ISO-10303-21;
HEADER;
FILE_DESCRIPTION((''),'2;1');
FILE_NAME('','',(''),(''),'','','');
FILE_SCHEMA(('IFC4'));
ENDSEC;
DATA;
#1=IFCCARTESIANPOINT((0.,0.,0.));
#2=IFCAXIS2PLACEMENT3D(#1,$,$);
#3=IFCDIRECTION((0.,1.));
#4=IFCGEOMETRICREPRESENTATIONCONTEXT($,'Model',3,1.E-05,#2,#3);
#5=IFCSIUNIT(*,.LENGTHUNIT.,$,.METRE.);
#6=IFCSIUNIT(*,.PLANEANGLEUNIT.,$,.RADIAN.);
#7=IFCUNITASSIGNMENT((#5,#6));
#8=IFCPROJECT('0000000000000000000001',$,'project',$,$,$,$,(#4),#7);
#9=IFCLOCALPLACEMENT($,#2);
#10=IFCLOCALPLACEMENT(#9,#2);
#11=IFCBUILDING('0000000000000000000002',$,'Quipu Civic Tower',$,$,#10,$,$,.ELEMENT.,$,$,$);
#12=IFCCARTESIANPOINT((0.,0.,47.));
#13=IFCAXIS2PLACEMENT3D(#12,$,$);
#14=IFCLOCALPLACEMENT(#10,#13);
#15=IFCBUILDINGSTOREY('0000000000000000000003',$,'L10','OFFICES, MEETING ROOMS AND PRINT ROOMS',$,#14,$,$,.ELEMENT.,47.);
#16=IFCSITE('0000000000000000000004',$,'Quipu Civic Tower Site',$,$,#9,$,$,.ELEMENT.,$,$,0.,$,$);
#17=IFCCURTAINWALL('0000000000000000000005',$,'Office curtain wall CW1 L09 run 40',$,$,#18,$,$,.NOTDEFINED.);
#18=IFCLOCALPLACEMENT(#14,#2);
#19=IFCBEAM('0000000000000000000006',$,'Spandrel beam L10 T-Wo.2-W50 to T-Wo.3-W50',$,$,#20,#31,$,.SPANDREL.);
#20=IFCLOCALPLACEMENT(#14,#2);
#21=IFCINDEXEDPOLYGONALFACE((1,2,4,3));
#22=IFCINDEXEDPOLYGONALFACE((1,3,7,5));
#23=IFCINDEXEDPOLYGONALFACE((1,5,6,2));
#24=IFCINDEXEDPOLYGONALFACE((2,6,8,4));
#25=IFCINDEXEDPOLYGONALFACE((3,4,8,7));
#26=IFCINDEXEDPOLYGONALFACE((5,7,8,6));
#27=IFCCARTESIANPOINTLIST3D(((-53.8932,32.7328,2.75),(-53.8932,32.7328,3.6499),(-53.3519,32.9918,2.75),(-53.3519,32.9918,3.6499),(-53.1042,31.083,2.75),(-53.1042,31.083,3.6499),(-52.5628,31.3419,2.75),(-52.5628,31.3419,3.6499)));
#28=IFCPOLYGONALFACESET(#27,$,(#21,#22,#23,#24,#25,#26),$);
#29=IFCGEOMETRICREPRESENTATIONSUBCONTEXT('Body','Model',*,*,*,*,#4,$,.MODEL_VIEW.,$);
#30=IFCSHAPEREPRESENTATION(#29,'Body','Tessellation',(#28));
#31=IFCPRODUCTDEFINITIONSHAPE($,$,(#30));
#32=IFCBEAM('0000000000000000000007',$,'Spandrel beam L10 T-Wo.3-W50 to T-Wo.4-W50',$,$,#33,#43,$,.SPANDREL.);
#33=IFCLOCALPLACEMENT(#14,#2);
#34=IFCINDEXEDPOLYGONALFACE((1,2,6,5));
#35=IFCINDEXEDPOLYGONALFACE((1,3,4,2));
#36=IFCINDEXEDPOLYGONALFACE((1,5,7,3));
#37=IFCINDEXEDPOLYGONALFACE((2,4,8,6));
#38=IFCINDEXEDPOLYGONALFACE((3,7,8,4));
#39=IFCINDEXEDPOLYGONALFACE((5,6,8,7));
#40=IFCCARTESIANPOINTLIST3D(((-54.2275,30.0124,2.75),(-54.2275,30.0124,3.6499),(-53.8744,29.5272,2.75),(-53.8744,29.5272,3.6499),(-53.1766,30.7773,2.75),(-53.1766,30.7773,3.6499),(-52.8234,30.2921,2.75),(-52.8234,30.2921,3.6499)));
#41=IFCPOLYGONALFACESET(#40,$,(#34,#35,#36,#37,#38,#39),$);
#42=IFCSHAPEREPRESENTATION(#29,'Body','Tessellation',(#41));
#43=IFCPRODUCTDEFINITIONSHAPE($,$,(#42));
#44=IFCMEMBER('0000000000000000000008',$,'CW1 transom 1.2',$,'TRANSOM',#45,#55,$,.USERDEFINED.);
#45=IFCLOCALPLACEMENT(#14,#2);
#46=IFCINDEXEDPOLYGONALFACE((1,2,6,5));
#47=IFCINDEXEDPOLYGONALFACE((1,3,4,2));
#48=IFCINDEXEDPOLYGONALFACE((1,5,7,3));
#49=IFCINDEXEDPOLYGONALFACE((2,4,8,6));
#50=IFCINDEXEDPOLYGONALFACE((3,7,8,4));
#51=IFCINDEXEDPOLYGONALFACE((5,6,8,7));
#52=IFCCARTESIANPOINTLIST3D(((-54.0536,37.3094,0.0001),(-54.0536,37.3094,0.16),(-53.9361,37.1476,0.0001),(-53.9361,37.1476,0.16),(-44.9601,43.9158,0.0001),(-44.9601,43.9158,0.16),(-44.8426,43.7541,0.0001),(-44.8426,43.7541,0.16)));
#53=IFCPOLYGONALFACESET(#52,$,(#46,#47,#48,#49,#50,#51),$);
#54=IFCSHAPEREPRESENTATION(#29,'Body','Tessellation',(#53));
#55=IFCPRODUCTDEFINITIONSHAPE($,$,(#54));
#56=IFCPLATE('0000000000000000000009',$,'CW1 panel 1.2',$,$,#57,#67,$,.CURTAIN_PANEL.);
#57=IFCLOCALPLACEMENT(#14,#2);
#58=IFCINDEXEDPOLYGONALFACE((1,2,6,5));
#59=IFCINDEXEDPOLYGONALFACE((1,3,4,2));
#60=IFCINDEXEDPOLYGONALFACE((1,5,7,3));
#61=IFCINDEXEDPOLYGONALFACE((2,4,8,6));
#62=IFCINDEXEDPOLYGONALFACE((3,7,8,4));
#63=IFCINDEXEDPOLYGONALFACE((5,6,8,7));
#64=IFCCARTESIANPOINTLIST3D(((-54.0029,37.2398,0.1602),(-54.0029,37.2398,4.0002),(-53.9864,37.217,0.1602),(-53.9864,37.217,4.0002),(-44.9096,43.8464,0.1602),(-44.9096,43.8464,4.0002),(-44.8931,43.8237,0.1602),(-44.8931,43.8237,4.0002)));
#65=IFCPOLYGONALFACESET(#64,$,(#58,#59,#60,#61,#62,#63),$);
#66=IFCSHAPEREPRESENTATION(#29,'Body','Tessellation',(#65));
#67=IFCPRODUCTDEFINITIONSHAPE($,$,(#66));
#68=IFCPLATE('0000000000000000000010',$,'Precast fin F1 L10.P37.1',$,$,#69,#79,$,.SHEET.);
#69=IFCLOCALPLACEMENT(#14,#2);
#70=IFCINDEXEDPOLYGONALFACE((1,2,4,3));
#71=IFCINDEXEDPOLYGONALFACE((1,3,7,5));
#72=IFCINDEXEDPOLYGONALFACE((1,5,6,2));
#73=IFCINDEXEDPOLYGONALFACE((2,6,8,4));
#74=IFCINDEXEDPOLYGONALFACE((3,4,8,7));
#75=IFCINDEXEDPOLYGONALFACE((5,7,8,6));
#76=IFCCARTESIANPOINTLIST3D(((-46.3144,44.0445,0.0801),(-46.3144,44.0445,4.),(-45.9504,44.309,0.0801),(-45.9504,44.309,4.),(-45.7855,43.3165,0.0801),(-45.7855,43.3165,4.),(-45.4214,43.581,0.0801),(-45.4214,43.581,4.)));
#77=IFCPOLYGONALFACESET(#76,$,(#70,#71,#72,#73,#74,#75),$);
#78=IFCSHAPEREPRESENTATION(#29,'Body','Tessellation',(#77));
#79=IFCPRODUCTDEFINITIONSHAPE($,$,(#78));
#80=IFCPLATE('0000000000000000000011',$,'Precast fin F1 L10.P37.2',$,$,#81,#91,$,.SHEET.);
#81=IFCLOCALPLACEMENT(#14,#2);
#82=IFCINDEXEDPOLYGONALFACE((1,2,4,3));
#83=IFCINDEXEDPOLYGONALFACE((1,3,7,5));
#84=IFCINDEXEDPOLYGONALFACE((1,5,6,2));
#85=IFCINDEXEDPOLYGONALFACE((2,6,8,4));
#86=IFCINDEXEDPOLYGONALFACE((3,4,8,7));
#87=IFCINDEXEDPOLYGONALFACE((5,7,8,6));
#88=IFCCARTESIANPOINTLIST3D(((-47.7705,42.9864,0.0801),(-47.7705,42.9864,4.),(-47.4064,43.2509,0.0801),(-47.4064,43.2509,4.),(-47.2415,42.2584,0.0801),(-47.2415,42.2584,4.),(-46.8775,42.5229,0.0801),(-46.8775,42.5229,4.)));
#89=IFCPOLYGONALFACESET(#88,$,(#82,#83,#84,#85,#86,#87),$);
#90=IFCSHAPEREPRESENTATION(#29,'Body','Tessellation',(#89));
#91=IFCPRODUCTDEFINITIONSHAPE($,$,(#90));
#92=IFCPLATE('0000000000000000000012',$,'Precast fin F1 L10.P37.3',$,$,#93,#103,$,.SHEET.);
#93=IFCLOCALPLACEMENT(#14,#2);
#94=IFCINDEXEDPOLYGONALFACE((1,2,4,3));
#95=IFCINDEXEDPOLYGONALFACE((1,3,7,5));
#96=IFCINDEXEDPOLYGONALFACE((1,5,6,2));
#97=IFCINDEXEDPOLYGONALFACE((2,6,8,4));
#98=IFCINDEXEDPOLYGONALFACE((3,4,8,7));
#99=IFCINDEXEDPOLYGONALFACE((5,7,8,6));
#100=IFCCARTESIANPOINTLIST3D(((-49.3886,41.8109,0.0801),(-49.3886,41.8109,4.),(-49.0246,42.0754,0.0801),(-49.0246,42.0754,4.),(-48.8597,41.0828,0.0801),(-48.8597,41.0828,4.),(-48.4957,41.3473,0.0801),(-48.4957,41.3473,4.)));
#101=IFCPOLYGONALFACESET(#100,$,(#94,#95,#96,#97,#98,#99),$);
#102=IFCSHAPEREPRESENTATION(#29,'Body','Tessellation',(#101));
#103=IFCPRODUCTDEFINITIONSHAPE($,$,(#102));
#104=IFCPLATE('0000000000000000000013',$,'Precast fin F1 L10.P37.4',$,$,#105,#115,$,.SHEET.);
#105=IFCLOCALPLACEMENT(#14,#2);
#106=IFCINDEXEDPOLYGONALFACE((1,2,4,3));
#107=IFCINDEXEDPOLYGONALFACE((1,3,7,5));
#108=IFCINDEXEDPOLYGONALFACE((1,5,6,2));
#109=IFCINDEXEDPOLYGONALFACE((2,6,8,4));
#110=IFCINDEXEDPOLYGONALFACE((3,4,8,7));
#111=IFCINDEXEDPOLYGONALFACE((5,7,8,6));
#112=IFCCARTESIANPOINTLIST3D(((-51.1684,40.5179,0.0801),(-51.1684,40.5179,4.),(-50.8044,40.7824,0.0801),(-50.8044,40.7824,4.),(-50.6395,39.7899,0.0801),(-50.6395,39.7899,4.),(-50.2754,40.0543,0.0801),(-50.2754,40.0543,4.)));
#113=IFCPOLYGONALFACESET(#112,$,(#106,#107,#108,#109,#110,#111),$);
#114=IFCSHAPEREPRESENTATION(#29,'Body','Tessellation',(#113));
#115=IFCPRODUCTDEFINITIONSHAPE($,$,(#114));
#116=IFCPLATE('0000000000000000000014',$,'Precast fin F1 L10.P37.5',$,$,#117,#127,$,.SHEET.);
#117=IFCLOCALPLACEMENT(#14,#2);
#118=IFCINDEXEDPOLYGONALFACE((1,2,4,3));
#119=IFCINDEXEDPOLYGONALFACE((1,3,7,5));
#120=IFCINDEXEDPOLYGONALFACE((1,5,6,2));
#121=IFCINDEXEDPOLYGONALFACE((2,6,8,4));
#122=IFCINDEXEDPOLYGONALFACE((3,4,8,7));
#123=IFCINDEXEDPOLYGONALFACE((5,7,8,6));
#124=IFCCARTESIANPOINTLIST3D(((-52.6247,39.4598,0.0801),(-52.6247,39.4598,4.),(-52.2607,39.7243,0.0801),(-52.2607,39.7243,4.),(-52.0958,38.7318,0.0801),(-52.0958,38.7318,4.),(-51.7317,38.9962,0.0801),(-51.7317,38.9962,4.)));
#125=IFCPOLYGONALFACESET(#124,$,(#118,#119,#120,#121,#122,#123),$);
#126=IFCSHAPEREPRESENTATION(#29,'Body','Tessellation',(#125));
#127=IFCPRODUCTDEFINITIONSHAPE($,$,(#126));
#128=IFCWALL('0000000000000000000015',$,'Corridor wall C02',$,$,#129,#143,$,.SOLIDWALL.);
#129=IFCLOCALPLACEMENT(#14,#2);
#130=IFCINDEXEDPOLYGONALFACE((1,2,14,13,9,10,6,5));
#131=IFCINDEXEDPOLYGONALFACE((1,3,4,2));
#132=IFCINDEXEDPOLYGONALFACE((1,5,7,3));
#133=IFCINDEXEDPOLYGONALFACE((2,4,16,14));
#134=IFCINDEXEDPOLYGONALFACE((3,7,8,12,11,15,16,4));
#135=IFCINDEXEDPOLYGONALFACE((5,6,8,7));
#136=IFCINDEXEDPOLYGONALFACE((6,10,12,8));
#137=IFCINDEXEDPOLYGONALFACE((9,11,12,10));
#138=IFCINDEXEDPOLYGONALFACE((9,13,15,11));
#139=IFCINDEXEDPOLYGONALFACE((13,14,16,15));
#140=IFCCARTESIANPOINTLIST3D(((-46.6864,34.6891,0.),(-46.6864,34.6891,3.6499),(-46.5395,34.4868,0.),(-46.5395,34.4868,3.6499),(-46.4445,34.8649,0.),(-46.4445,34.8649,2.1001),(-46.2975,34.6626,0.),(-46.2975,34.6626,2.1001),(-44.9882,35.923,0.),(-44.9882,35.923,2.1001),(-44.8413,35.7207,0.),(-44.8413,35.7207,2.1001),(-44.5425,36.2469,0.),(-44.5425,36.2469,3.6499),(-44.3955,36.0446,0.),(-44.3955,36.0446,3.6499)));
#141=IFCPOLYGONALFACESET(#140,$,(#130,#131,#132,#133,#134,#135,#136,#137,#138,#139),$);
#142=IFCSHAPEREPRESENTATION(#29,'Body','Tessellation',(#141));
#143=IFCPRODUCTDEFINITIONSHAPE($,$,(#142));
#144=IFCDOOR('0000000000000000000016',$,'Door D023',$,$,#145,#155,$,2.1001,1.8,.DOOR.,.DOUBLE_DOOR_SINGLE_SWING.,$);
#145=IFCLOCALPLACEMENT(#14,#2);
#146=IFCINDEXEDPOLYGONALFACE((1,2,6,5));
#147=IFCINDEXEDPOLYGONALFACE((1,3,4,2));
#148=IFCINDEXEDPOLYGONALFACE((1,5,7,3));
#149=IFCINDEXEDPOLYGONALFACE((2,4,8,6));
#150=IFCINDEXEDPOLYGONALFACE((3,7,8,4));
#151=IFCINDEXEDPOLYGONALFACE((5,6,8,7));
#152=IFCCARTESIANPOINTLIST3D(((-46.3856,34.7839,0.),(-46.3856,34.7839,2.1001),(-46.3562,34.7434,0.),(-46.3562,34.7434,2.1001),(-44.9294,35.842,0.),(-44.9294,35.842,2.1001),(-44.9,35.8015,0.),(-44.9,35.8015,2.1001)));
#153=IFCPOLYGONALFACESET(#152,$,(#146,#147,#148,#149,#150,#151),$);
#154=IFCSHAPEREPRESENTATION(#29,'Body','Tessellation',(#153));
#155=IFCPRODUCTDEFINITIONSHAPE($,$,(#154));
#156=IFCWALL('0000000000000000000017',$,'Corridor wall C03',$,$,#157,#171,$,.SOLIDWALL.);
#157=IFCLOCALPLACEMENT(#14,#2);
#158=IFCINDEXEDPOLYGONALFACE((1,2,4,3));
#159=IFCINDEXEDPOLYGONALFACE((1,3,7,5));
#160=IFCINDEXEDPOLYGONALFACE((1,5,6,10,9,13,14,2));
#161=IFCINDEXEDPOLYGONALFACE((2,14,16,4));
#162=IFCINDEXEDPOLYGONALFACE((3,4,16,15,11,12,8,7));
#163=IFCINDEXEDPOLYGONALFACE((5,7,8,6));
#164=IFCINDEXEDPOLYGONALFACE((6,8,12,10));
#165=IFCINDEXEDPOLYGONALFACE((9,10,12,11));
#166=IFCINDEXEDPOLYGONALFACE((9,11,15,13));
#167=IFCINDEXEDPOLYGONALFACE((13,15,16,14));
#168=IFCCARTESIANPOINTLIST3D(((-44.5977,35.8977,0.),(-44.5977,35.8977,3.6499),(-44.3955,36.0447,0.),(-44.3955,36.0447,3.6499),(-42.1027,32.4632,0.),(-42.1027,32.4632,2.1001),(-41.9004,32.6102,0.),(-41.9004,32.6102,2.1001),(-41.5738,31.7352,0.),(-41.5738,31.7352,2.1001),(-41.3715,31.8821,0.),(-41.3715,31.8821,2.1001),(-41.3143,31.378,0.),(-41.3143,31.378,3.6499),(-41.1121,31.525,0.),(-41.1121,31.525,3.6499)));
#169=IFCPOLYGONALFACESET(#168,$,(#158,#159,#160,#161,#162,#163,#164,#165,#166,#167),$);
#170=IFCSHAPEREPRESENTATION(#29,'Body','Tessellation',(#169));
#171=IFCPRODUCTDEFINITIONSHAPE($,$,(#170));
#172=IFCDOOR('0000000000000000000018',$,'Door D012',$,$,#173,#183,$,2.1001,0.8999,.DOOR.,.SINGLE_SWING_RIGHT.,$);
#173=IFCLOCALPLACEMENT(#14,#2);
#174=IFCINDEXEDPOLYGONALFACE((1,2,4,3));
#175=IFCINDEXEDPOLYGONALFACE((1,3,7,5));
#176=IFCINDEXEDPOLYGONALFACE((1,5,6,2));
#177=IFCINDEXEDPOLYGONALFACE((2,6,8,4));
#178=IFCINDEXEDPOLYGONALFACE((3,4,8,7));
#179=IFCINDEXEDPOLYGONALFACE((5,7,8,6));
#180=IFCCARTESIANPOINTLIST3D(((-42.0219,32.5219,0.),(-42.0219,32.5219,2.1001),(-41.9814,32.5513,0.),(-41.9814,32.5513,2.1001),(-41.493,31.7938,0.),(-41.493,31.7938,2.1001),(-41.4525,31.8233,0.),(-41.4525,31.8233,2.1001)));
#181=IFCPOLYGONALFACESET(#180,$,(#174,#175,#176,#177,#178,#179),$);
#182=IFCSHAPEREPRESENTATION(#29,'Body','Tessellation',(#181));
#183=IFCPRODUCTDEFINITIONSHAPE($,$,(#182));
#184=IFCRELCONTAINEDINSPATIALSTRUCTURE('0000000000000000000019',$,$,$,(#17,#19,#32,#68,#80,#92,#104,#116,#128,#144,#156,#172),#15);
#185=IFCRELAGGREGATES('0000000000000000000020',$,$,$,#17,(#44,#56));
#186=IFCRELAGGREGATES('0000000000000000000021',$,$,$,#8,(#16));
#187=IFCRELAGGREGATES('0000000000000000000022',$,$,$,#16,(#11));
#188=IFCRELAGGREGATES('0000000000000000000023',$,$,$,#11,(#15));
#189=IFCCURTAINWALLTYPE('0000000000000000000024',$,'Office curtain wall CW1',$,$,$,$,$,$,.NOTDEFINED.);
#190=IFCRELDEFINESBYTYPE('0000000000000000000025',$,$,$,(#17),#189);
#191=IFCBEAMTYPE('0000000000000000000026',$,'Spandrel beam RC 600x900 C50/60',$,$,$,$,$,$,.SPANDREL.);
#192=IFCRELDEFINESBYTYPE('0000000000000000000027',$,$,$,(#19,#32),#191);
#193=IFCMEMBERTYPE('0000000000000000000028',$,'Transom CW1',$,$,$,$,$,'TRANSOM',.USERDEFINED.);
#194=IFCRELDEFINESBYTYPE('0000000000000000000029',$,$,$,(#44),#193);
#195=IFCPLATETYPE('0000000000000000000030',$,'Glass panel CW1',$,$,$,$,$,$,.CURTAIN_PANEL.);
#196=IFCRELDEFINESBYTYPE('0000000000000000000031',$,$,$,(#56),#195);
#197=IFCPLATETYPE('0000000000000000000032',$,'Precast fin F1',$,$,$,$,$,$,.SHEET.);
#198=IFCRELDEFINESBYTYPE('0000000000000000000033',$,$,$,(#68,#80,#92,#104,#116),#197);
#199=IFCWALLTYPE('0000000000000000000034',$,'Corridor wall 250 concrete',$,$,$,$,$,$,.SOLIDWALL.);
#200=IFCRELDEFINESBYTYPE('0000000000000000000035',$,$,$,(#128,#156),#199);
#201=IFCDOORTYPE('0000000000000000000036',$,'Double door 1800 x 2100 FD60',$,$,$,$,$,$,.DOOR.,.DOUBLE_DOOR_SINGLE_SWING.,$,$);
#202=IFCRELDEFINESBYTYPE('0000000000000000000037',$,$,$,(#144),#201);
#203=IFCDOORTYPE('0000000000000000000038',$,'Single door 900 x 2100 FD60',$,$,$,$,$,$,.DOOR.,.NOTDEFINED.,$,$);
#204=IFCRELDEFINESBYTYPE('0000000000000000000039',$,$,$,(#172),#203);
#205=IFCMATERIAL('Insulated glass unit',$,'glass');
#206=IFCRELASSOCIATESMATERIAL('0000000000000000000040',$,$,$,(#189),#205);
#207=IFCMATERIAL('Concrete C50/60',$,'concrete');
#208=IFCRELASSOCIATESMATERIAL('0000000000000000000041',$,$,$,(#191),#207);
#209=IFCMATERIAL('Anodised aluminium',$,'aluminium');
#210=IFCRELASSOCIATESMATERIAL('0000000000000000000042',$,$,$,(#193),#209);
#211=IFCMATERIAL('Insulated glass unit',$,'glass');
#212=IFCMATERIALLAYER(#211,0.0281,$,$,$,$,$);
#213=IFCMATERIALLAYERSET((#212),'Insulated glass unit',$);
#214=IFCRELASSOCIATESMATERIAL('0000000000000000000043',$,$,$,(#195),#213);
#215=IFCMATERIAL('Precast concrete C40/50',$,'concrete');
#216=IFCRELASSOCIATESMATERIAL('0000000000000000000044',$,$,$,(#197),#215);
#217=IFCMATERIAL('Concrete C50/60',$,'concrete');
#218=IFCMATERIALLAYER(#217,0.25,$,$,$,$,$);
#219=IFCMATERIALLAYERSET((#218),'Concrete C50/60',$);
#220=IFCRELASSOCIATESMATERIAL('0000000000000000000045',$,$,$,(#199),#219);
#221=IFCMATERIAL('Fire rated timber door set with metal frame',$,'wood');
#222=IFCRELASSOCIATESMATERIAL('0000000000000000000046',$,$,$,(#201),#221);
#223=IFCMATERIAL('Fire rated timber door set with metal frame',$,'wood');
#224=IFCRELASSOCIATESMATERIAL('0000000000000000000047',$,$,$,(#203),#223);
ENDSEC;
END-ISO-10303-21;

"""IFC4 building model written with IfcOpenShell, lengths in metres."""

from ifc_helpers import new_model, si_unit, direction, frame, frame_2d, origin, origin_2d, place, context, subcontext, project, spatial, rectangle, extrude, material, layer, layer_set, material_profile, profile_set, type_object, element, fill, aggregate, save


model = new_model("IFC4")

# Units and contexts
model_context = context("Model", 3, precision=1e-05, world=origin(), true_north=direction((0.0, 1.0)))
body_context = subcontext(model_context, "Body", "Model", "MODEL_VIEW")
ifc_project = project(units=[si_unit("LENGTHUNIT", "METRE"), si_unit("PLANEANGLEUNIT", "RADIAN")], contexts=[model_context])

# Site, building, storey
site_placement = place(None, origin())
site = spatial("IfcSite", under=ifc_project, at=site_placement, Name="Quipu Civic Tower Site", CompositionType="ELEMENT", RefElevation=0.0)
building_placement = place(site_placement, origin())
building = spatial("IfcBuilding", under=site, at=building_placement, Name="Quipu Civic Tower", CompositionType="ELEMENT")
storey_placement = place(building_placement, frame((0.0, 0.0, 47.0)))
storey = spatial("IfcBuildingStorey", under=building, at=storey_placement, Name="L10", Description="OFFICES, MEETING ROOMS AND PRINT ROOMS", CompositionType="ELEMENT", Elevation=47.0)

# Shared definitions
ifc_material_1 = material(Name="Insulated glass unit", Category="glass")
curtain_wall_type = type_object("IfcCurtainWallType", Name="Office curtain wall CW1", PredefinedType="NOTDEFINED", material=ifc_material_1)

# Curtain wall
curtain_wall_1_placement = place(storey_placement, origin())
curtain_wall_1 = element("IfcCurtainWall", 1, at=curtain_wall_1_placement, inside=storey, type_object=curtain_wall_type, Name="Office curtain wall CW1 L09 run 40", PredefinedType="NOTDEFINED")

# Beams
ifc_material_2 = material(Name="Concrete C50/60", Category="concrete")
ifc_material_profile_1 = material_profile(ifc_material_2, rectangle(XDim=0.6001, YDim=0.8999, at=origin_2d()), Name="RC600x900")
ifc_profile_set_1 = profile_set([ifc_material_profile_1], Name="Concrete C50/60")
beam_type = type_object("IfcBeamType", Name="Spandrel beam RC 600x900 C50/60", PredefinedType="SPANDREL", material=ifc_profile_set_1)
beam_1_placement = place(storey_placement, frame((-53.6226, 32.8623, 3.2), z_axis=(0.431446, -0.902139, 0.0), x_axis=(0.902139, 0.431446, 0.0)))
element("IfcBeam", 2, at=beam_1_placement, inside=storey, type_object=beam_type, Name="Spandrel beam L10 T-Wo.2-W50 to T-Wo.3-W50", PredefinedType="SPANDREL", context=body_context, shape_type="SweptSolid", body=[
    extrude(rectangle(XDim=0.6001, YDim=0.8999, at=origin_2d()), origin(), (0.0, 0.0, 1.0), 1.8289),
])
beam_2_placement = place(storey_placement, frame((-53.0, 30.5347, 3.2), z_axis=(-0.808549, -0.588429, 0.0), x_axis=(0.588429, -0.808549, 0.0)))
element("IfcBeam", 3, at=beam_2_placement, inside=storey, type_object=beam_type, Name="Spandrel beam L10 T-Wo.3-W50 to T-Wo.4-W50", PredefinedType="SPANDREL", context=body_context, shape_type="SweptSolid", body=[
    extrude(rectangle(XDim=0.6001, YDim=0.8999, at=origin_2d()), origin(), (0.0, 0.0, 1.0), 1.2998),
])

# Member
ifc_material_3 = material(Name="Anodised aluminium", Category="aluminium")
ifc_material_profile_2 = material_profile(ifc_material_3, rectangle(XDim=0.2, YDim=0.1599, at=origin_2d()), Name="RECT 200x160")
ifc_profile_set_2 = profile_set([ifc_material_profile_2], Name="Anodised aluminium")
member_type_1 = type_object("IfcMemberType", Name="Transom CW1", ElementType="TRANSOM", PredefinedType="USERDEFINED", material=ifc_profile_set_2)
member_1_placement = place(storey_placement, frame((-44.9014, 43.835, 0.0801), z_axis=(-0.809033, -0.587764, 0.0), x_axis=(0.587764, -0.809033, 0.0)))
member_1 = element("IfcMember", 4, at=member_1_placement, type_object=member_type_1, Name="CW1 transom 1.2", ObjectType="TRANSOM", PredefinedType="USERDEFINED", context=body_context, shape_type="SweptSolid", body=[
    extrude(rectangle(XDim=0.2, YDim=0.1599, at=origin_2d()), origin(), (0.0, 0.0, 1.0), 11.24),
])

# Plate
ifc_material_4 = material(Name="Insulated glass unit", Category="glass")
ifc_layer_1 = layer(ifc_material_4, 0.0281)
ifc_layer_set_1 = layer_set([ifc_layer_1], Name="Insulated glass unit")
plate_type_1 = type_object("IfcPlateType", Name="Glass panel CW1", PredefinedType="CURTAIN_PANEL", material=ifc_layer_set_1)
plate_placement = place(storey_placement, frame((-49.448, 40.5317, 0.1602), z_axis=(0.0, 0.0, 1.0), x_axis=(-0.809019, -0.587782, 0.0)))
plate = element("IfcPlate", 5, at=plate_placement, type_object=plate_type_1, Name="CW1 panel 1.2", PredefinedType="CURTAIN_PANEL", context=body_context, shape_type="SweptSolid", body=[
    extrude(rectangle(XDim=11.24, YDim=0.0281, at=origin_2d()), origin(), (0.0, 0.0, 1.0), 3.8401),
])
aggregate(curtain_wall_1, [member_1, plate])

# Plates
ifc_material_5 = material(Name="Precast concrete C40/50", Category="concrete")
plate_type_2 = type_object("IfcPlateType", Name="Precast fin F1", PredefinedType="SHEET", material=ifc_material_5)
for number, where, z_axis, x_axis, name in (
    (6, (-45.8679, 43.8127, 0.0801), (0.0, 0.0, 1.0), (-0.809021, -0.587779, 0.0), "Precast fin F1 L10.P37.1"),
    (7, (-47.324, 42.7546, 0.0801), (0.0, 0.0, 1.0), (-0.809021, -0.587779, 0.0), "Precast fin F1 L10.P37.2"),
    (8, (-48.9421, 41.5791, 0.0801), (0.0, 0.0, 1.0), (-0.809021, -0.587779, 0.0), "Precast fin F1 L10.P37.3"),
    (9, (-50.7219, 40.2861, 0.0801), (0.0, 0.0, 1.0), (-0.809021, -0.587779, 0.0), "Precast fin F1 L10.P37.4"),
    (10, (-52.1782, 39.228, 0.0801), (0.0, 0.0, 1.0), (-0.809021, -0.587779, 0.0), "Precast fin F1 L10.P37.5"),
):
    element("IfcPlate", number, at=place(storey_placement, frame(where, z_axis=z_axis, x_axis=x_axis)), inside=storey, type_object=plate_type_2, Name=name, PredefinedType="SHEET", context=body_context, shape_type="SweptSolid", body=[
        extrude(rectangle(XDim=0.45, YDim=0.8999, at=origin_2d()), origin(), (0.0, 0.0, 1.0), 3.9199),
    ])

# Walls, openings, doors
ifc_material_6 = material(Name="Concrete C50/60", Category="concrete")
ifc_layer_2 = layer(ifc_material_6, 0.25)
ifc_layer_set_2 = layer_set([ifc_layer_2], Name="Concrete C50/60")
wall_type_1 = type_object("IfcWallType", Name="Corridor wall 250 concrete", PredefinedType="SOLIDWALL", material=ifc_layer_set_2)
wall_1_placement = place(storey_placement, frame((-46.613, 34.5879, 0.0), z_axis=(0.0, 0.0, 1.0), x_axis=(0.808995, 0.587816, 0.0)))
wall_1 = element("IfcWall", 11, at=wall_1_placement, inside=storey, type_object=wall_type_1, Name="Corridor wall C02", PredefinedType="SOLIDWALL", context=body_context, shape_type="SweptSolid", body=[
    extrude(rectangle(XDim=2.6501, YDim=0.25, at=frame_2d((1.3252, 0.0))), origin(), (0.0, 0.0, 1.0), 3.6499),
])
opening_1_placement = place(wall_1_placement, frame((0.2993, 0.0, 0.0)))
opening_1 = element("IfcOpeningElement", 12, at=opening_1_placement, cuts=wall_1, PredefinedType="OPENING", context=body_context, shape_type="SweptSolid", body=[
    extrude(rectangle(XDim=1.8, YDim=2.1001, at=frame_2d((0.8999, 1.05))), frame((0.0, 0.135, 0.0), z_axis=(0.0, -1.0, 0.0), x_axis=(1.0, 0.0, 0.0)), (0.0, 0.0, 1.0), 0.27),
])
ifc_material_7 = material(Name="Fire rated timber door set with metal frame", Category="wood")
door_type_1 = type_object("IfcDoorType", Name="Double door 1800 x 2100 FD60", OperationType="DOUBLE_DOOR_SINGLE_SWING", PredefinedType="DOOR", material=ifc_material_7)
door_1_placement = place(opening_1_placement, origin())
door_1 = element("IfcDoor", 13, at=door_1_placement, inside=storey, type_object=door_type_1, Name="Door D023", OperationType="DOUBLE_DOOR_SINGLE_SWING", OverallHeight=2.1001, OverallWidth=1.8, PredefinedType="DOOR", context=body_context, shape_type="SweptSolid", body=[
    extrude(rectangle(XDim=1.8, YDim=2.1001, at=frame_2d((0.8999, 1.05))), frame((0.0, 0.0249, 0.0), z_axis=(0.0, -1.0, 0.0), x_axis=(1.0, 0.0, 0.0)), (0.0, 0.0, 1.0), 0.05),
])
fill(opening_1, door_1)
wall_2_placement = place(storey_placement, frame((-44.4966, 35.9712, 0.0), z_axis=(0.0, 0.0, 1.0), x_axis=(0.587743, -0.809048, 0.0)))
wall_2 = element("IfcWall", 14, at=wall_2_placement, inside=storey, type_object=wall_type_1, Name="Corridor wall C03", PredefinedType="SOLIDWALL", context=body_context, shape_type="SweptSolid", body=[
    extrude(rectangle(XDim=5.5864, YDim=0.25, at=frame_2d((2.7932, 0.0))), origin(), (0.0, 0.0, 1.0), 3.6499),
])
opening_2_placement = place(wall_2_placement, frame((4.2451, 0.0, 0.0)))
opening_2 = element("IfcOpeningElement", 15, at=opening_2_placement, cuts=wall_2, PredefinedType="OPENING", context=body_context, shape_type="SweptSolid", body=[
    extrude(rectangle(XDim=0.8999, YDim=2.1001, at=frame_2d((0.45, 1.05))), frame((0.0, 0.135, 0.0), z_axis=(0.0, -1.0, 0.0), x_axis=(1.0, 0.0, 0.0)), (0.0, 0.0, 1.0), 0.27),
])
ifc_material_8 = material(Name="Fire rated timber door set with metal frame", Category="wood")
door_type_2 = type_object("IfcDoorType", Name="Single door 900 x 2100 FD60", OperationType="NOTDEFINED", PredefinedType="DOOR", material=ifc_material_8)
door_2_placement = place(opening_2_placement, origin())
door_2 = element("IfcDoor", 16, at=door_2_placement, inside=storey, type_object=door_type_2, Name="Door D012", OperationType="SINGLE_SWING_RIGHT", OverallHeight=2.1001, OverallWidth=0.8999, PredefinedType="DOOR", context=body_context, shape_type="SweptSolid", body=[
    extrude(rectangle(XDim=0.8999, YDim=2.1001, at=frame_2d((0.45, 1.05))), frame((0.0, 0.0249, 0.0), z_axis=(0.0, -1.0, 0.0), x_axis=(1.0, 0.0, 0.0)), (0.0, 0.0, 1.0), 0.05),
])
fill(opening_2, door_2)

save(model, "model.ifc")
